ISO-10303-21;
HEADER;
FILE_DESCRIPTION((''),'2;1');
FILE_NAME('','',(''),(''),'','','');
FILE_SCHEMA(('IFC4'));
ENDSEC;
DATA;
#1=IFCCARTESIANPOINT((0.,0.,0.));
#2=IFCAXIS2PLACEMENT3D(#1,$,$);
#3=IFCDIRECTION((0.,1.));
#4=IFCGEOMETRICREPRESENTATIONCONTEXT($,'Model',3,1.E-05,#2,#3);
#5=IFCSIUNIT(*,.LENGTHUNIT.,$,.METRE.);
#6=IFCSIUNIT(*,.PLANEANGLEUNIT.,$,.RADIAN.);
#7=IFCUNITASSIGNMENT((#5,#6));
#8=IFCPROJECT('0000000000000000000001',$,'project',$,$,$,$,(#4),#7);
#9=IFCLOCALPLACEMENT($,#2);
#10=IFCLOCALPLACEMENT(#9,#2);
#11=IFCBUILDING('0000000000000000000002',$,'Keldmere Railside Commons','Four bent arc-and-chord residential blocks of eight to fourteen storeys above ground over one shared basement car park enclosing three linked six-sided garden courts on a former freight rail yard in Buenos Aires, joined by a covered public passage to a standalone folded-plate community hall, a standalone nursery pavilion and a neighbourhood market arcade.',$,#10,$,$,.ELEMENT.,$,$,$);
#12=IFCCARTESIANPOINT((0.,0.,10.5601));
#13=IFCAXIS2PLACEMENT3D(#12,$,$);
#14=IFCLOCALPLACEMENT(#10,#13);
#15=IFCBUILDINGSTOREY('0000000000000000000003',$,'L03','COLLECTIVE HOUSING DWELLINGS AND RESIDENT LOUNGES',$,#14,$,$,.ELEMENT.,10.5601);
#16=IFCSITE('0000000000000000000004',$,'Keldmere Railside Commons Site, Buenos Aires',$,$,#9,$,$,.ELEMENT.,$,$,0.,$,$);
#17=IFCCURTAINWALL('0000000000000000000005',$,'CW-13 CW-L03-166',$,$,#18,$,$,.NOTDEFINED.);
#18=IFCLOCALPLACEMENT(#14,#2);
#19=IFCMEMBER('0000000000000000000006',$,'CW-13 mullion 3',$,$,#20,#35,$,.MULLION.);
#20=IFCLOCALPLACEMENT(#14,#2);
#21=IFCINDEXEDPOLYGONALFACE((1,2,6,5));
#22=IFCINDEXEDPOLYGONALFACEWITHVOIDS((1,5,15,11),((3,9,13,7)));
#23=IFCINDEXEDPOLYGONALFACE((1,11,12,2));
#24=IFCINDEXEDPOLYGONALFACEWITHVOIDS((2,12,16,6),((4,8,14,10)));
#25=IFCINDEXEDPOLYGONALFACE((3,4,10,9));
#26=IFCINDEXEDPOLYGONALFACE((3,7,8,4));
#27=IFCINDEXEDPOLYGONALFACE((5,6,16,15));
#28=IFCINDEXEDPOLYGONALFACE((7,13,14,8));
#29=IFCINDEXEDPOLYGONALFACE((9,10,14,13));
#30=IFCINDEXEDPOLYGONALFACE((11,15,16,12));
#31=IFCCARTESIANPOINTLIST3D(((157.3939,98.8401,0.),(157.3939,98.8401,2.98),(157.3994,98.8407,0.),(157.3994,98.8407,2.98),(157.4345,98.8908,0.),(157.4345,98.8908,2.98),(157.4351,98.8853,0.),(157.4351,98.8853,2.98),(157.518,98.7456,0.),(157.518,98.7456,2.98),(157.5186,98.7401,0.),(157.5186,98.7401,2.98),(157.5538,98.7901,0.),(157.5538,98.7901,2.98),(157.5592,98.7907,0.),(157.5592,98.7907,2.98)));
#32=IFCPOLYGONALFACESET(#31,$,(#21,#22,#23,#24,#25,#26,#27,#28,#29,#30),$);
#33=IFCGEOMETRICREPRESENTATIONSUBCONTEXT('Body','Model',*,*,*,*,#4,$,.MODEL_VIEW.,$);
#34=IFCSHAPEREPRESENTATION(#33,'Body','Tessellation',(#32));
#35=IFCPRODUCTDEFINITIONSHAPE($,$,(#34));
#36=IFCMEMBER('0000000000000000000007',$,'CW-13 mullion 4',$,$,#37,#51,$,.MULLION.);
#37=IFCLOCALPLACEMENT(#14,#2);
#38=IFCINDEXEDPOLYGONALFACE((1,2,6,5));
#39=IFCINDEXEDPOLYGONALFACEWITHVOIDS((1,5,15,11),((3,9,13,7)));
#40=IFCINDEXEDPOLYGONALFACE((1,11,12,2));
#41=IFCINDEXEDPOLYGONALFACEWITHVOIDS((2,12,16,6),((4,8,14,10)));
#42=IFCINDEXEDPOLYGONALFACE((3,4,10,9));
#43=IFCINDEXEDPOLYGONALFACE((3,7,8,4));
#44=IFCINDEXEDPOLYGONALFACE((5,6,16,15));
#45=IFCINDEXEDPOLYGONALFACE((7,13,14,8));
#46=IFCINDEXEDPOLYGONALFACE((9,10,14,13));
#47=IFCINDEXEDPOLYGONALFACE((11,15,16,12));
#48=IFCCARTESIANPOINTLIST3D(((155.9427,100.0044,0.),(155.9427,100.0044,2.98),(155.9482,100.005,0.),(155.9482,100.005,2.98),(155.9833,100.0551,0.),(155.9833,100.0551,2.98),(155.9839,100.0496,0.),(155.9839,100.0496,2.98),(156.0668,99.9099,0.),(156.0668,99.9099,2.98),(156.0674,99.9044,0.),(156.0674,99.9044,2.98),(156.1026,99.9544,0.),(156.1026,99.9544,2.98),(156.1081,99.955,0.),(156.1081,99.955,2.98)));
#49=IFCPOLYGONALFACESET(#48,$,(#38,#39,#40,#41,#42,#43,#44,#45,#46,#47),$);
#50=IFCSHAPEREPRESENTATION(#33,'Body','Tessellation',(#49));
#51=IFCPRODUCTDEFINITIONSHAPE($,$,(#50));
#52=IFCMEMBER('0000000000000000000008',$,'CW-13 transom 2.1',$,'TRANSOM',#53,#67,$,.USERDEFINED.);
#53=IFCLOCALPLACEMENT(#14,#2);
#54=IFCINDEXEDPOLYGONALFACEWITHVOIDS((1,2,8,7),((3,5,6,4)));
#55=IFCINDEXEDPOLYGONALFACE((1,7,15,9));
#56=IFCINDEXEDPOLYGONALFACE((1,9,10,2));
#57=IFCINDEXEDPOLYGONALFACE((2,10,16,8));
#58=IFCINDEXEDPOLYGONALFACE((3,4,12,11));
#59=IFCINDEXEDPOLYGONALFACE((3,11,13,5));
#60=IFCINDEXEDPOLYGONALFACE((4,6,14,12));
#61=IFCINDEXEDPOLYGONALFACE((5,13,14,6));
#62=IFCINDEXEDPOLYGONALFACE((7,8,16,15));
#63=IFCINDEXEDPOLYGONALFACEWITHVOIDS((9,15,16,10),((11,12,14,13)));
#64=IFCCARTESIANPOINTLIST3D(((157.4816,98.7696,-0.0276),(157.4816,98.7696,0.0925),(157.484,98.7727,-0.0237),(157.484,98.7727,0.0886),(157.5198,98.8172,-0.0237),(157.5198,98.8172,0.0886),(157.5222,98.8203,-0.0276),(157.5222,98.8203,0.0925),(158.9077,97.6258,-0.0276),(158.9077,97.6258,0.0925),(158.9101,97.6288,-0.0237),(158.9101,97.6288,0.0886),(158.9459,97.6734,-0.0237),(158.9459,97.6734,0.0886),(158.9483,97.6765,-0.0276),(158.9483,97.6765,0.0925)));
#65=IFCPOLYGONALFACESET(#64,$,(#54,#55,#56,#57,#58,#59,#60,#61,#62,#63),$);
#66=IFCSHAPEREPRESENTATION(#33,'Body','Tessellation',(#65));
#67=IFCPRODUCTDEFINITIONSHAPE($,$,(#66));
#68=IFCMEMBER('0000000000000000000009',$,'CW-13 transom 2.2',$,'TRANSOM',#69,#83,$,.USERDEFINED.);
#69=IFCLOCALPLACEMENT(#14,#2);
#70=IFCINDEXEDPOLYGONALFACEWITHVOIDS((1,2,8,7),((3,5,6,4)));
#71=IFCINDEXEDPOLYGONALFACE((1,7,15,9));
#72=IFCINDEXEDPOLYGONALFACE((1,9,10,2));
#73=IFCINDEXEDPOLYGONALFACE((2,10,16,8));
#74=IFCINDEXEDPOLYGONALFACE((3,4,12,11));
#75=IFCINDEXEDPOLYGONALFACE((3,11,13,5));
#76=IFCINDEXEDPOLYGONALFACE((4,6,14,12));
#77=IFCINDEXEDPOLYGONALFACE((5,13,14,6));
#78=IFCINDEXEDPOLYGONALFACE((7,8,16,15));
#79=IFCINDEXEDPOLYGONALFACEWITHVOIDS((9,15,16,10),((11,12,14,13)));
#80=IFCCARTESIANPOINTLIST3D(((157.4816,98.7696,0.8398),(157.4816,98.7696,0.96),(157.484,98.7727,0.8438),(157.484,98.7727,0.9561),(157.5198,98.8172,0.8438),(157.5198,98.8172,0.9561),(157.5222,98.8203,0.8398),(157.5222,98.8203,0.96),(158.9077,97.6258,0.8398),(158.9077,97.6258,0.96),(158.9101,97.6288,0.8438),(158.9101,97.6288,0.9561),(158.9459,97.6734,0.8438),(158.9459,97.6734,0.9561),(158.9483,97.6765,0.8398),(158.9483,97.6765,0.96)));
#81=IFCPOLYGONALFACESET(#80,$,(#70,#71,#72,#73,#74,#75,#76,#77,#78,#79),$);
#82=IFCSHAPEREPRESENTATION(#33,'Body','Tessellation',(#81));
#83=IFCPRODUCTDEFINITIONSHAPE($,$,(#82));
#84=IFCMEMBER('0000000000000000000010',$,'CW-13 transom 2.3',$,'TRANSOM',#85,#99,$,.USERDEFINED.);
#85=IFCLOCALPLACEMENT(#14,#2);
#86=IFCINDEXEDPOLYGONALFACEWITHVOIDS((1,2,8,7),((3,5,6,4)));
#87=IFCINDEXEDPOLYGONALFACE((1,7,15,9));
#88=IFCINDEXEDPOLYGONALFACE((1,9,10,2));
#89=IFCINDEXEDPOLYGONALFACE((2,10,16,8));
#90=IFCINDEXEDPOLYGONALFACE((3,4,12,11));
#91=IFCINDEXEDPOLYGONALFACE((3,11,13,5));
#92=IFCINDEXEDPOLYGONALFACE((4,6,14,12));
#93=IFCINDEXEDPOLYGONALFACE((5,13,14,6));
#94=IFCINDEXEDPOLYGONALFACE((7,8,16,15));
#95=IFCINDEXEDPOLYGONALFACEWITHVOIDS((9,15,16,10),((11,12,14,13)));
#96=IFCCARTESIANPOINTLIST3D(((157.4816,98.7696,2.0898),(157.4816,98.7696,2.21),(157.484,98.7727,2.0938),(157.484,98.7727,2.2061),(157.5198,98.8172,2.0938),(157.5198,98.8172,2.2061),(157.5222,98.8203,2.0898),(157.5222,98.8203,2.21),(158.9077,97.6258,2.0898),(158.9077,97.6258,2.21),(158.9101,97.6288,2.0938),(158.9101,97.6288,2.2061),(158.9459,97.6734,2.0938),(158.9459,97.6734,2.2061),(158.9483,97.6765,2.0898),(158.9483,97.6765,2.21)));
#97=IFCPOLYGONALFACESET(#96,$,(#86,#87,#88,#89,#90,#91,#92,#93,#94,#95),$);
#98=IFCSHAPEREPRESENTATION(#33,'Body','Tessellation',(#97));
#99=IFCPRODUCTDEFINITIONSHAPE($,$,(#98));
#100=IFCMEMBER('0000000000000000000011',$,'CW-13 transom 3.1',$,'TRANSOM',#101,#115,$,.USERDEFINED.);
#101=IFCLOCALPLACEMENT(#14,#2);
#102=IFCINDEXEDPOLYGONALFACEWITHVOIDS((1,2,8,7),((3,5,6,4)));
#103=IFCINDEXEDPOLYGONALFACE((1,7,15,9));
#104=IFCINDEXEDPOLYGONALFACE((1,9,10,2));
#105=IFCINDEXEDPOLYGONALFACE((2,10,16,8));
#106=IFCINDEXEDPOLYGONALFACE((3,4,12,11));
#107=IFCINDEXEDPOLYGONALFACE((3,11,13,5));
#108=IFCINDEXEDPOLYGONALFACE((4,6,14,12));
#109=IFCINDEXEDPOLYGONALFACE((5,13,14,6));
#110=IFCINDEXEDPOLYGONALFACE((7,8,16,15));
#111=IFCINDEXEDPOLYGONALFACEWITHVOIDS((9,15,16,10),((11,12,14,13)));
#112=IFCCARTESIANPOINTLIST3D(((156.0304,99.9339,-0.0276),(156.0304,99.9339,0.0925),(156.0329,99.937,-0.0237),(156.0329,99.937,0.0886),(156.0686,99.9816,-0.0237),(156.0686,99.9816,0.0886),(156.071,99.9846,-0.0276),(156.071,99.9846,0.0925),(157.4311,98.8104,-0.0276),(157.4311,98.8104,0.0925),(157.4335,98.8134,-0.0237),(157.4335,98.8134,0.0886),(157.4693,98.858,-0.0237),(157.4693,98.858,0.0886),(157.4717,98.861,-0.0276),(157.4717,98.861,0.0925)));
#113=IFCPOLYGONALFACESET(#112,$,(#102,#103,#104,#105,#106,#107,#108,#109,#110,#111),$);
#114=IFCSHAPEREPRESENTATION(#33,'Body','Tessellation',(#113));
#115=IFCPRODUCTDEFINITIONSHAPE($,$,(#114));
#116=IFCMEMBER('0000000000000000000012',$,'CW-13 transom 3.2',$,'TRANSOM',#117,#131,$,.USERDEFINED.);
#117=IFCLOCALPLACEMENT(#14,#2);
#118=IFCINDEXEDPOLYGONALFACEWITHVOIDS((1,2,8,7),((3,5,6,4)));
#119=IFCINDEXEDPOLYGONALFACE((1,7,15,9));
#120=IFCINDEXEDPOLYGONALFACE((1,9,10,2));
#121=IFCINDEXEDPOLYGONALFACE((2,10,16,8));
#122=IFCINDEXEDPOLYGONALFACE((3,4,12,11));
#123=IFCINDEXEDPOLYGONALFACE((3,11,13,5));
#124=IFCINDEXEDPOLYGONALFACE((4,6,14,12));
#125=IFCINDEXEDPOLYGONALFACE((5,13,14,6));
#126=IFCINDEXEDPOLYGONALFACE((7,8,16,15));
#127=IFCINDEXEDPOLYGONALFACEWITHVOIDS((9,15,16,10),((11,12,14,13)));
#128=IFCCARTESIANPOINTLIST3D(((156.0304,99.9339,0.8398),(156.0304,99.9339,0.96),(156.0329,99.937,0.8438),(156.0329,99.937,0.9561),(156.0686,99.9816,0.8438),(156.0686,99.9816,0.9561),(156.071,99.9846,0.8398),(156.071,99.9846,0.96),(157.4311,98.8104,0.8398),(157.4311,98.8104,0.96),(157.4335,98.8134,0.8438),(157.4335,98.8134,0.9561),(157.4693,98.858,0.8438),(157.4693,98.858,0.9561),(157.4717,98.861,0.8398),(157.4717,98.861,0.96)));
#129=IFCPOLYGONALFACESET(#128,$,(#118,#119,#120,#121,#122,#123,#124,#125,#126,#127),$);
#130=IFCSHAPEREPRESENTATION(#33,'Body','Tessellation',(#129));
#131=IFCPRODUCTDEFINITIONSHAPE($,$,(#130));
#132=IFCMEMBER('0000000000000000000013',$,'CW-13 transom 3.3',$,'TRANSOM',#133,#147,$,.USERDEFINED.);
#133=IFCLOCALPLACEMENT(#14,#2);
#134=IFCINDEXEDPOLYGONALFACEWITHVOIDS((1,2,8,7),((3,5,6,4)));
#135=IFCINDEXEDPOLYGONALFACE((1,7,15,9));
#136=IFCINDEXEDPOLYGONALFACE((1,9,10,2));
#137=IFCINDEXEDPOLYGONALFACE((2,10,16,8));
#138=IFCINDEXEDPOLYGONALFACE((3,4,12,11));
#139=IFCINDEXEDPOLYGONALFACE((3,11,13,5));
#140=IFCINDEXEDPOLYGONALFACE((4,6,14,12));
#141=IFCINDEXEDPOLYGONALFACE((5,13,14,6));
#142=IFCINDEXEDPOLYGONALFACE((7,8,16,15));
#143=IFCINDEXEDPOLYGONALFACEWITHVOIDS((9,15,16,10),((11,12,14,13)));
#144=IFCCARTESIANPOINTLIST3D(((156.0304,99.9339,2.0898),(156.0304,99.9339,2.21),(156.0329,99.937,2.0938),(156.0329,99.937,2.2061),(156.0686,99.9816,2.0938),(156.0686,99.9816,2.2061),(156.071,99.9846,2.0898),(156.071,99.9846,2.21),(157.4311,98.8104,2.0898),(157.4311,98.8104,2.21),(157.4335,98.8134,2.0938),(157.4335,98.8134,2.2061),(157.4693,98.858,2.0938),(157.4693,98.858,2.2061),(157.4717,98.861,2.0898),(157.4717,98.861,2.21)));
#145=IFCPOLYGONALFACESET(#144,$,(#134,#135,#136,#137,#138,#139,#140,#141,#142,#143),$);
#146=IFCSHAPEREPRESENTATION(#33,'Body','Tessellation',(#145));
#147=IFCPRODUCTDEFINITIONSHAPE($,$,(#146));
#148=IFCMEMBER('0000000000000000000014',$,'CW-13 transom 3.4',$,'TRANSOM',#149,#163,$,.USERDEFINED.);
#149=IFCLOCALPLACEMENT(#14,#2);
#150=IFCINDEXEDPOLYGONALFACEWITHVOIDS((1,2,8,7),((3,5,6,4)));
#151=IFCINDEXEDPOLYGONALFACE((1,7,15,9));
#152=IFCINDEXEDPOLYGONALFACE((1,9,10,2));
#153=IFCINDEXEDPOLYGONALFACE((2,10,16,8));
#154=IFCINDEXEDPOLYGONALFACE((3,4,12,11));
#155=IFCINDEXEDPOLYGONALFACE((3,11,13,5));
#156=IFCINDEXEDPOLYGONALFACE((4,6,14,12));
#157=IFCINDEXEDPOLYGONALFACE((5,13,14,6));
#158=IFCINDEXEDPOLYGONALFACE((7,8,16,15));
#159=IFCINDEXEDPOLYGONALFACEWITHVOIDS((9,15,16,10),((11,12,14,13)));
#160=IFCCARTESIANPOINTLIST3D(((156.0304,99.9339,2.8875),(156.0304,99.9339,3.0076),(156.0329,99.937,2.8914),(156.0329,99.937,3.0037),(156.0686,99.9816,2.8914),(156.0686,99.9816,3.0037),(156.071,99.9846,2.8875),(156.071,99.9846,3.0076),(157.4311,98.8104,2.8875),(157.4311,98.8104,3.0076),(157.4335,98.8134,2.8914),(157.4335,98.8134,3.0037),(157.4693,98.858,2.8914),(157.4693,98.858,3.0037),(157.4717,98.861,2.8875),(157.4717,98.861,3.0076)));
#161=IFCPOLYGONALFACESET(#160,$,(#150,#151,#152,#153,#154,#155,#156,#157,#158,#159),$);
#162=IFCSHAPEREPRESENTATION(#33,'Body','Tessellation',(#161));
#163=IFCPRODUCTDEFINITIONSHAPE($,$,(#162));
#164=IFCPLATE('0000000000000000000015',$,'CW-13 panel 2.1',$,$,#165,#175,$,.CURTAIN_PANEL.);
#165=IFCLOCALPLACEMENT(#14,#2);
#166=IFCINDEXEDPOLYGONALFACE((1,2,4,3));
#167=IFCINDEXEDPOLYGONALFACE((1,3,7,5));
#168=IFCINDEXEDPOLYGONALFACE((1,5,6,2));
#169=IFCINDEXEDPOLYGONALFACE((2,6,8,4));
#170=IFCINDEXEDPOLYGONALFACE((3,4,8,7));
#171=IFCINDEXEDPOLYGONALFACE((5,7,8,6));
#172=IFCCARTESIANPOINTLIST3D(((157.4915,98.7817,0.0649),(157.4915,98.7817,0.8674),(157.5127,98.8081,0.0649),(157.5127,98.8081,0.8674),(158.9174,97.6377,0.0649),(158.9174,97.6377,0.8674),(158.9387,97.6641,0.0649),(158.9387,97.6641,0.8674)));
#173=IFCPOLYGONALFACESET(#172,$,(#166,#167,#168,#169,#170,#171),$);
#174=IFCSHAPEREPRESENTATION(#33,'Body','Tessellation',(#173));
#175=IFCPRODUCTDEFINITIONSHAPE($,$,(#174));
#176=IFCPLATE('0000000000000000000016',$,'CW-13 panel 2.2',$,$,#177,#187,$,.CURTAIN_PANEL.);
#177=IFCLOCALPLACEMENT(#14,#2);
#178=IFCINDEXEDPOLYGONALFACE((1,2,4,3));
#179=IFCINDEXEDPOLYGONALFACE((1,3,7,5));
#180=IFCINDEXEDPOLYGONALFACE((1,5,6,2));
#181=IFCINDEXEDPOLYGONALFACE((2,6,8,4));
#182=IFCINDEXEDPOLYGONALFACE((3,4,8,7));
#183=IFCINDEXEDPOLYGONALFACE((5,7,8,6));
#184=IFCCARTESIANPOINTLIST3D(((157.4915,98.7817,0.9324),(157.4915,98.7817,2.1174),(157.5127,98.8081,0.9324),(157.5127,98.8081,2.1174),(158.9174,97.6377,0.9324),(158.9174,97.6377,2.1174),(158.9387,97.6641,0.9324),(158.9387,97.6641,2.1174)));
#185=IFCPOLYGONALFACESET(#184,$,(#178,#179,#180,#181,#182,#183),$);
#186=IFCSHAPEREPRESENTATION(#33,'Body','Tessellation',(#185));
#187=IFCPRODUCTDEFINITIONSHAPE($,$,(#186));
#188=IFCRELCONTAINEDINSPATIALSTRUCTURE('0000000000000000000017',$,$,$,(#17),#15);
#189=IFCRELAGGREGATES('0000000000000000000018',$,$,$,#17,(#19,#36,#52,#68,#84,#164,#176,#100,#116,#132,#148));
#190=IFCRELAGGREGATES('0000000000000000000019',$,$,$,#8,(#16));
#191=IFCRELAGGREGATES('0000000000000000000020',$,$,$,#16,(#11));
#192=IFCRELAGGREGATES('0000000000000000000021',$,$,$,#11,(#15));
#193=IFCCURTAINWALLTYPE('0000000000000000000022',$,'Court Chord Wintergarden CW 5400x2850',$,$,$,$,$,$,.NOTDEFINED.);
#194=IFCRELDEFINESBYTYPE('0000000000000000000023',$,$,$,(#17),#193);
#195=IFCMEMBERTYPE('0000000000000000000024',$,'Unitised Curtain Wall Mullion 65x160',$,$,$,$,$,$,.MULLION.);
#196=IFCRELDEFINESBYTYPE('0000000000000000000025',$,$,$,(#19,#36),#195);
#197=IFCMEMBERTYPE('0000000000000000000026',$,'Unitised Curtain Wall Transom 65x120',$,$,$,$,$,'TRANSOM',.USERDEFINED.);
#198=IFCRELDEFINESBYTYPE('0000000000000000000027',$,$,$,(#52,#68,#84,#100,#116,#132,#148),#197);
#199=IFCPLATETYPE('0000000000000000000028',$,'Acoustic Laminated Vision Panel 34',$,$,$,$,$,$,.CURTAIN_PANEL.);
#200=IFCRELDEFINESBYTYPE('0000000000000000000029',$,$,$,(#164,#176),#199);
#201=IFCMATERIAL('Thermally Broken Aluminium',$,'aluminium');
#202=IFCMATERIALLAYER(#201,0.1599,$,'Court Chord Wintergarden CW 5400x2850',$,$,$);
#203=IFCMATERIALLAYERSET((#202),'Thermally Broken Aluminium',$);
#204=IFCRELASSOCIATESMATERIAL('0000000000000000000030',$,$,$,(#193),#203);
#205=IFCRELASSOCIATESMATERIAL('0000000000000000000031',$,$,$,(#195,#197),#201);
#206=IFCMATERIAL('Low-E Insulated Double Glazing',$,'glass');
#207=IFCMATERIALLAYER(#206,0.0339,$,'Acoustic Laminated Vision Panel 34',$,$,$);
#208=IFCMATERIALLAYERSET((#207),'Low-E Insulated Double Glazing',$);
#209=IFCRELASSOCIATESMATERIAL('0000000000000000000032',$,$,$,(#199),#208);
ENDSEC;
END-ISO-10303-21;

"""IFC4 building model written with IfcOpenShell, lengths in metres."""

from ifc_helpers import new_model, si_unit, direction, frame, origin, origin_2d, place, context, subcontext, project, spatial, rectangle, hollow_rectangle, extrude, material, layer, layer_set, material_profile, profile_set, type_object, element, aggregate, save


model = new_model("IFC4")

# Units and contexts
model_context = context("Model", 3, precision=1e-05, world=origin(), true_north=direction((0.0, 1.0)))
body_context = subcontext(model_context, "Body", "Model", "MODEL_VIEW")
ifc_project = project(units=[si_unit("LENGTHUNIT", "METRE"), si_unit("PLANEANGLEUNIT", "RADIAN")], contexts=[model_context])

# Site, building, storey
site_placement = place(None, origin())
site = spatial("IfcSite", under=ifc_project, at=site_placement, Name="Keldmere Railside Commons Site, Buenos Aires", CompositionType="ELEMENT", RefElevation=0.0)
building_placement = place(site_placement, origin())
building = spatial("IfcBuilding", under=site, at=building_placement, Name="Keldmere Railside Commons", Description="Four bent arc-and-chord residential blocks of eight to fourteen storeys above ground over one shared basement car park enclosing three linked six-sided garden courts on a former freight rail yard in Buenos Aires, joined by a covered public passage to a standalone folded-plate community hall, a standalone nursery pavilion and a neighbourhood market arcade.", CompositionType="ELEMENT")
storey_placement = place(building_placement, frame((0.0, 0.0, 10.5601)))
storey = spatial("IfcBuildingStorey", under=building, at=storey_placement, Name="L03", Description="COLLECTIVE HOUSING DWELLINGS AND RESIDENT LOUNGES", CompositionType="ELEMENT", Elevation=10.5601)

# Curtain wall, members, plates
ifc_material_1 = material(Name="Thermally Broken Aluminium", Category="aluminium")
ifc_layer_1 = layer(ifc_material_1, 0.1599, Name="Court Chord Wintergarden CW 5400x2850")
ifc_layer_set_1 = layer_set([ifc_layer_1], Name="Thermally Broken Aluminium")
curtain_wall_type = type_object("IfcCurtainWallType", Name="Court Chord Wintergarden CW 5400x2850", PredefinedType="NOTDEFINED", material=ifc_layer_set_1)
curtain_wall_placement = place(storey_placement, origin())
curtain_wall = element("IfcCurtainWall", 1, at=curtain_wall_placement, inside=storey, type_object=curtain_wall_type, Name="CW-13 CW-L03-166", PredefinedType="NOTDEFINED")
ifc_material_profile_1 = material_profile(ifc_material_1, hollow_rectangle(XDim=0.0649, YDim=0.1599, WallThickness=0.0039, at=origin_2d()), Name="ALU-MULL-65x160")
ifc_profile_set_1 = profile_set([ifc_material_profile_1], Name="Thermally Broken Aluminium")
member_type_1 = type_object("IfcMemberType", Name="Unitised Curtain Wall Mullion 65x160", PredefinedType="MULLION", material=ifc_profile_set_1)
member_1_placement = place(storey_placement, frame((157.4766, 98.8154, 0.0), z_axis=(0.0, 0.0, 1.0), x_axis=(-0.625768, -0.780009, 0.0)))
member_1 = element("IfcMember", 2, at=member_1_placement, type_object=member_type_1, Name="CW-13 mullion 3", PredefinedType="MULLION", context=body_context, shape_type="SweptSolid", body=[
    extrude(hollow_rectangle(XDim=0.0649, YDim=0.1599, WallThickness=0.0039, at=origin_2d()), origin(), (0.0, 0.0, 1.0), 2.98),
])
member_2_placement = place(storey_placement, frame((156.0254, 99.9797, 0.0), z_axis=(0.0, 0.0, 1.0), x_axis=(-0.625768, -0.780009, 0.0)))
member_2 = element("IfcMember", 3, at=member_2_placement, type_object=member_type_1, Name="CW-13 mullion 4", PredefinedType="MULLION", context=body_context, shape_type="SweptSolid", body=[
    extrude(hollow_rectangle(XDim=0.0649, YDim=0.1599, WallThickness=0.0039, at=origin_2d()), origin(), (0.0, 0.0, 1.0), 2.98),
])
ifc_material_profile_2 = material_profile(ifc_material_1, hollow_rectangle(XDim=0.0649, YDim=0.1201, WallThickness=0.0039, at=origin_2d()), Name="ALU-TRAN-65x120")
ifc_profile_set_2 = profile_set([ifc_material_profile_2], Name="Thermally Broken Aluminium")
member_type_2 = type_object("IfcMemberType", Name="Unitised Curtain Wall Transom 65x120", ElementType="TRANSOM", PredefinedType="USERDEFINED", material=ifc_profile_set_2)
member_3_placement = place(storey_placement, frame((158.928, 97.6511, 0.0325), z_axis=(-0.780073, 0.625688, 0.0), x_axis=(-0.625688, -0.780073, 0.0)))
member_3 = element("IfcMember", 4, at=member_3_placement, type_object=member_type_2, Name="CW-13 transom 2.1", ObjectType="TRANSOM", PredefinedType="USERDEFINED", context=body_context, shape_type="SweptSolid", body=[
    extrude(hollow_rectangle(XDim=0.0649, YDim=0.1201, WallThickness=0.0039, at=origin_2d()), origin(), (0.0, 0.0, 1.0), 1.8281),
])
member_4_placement = place(storey_placement, frame((158.928, 97.6511, 0.8999), z_axis=(-0.780073, 0.625688, 0.0), x_axis=(-0.625688, -0.780073, 0.0)))
member_4 = element("IfcMember", 5, at=member_4_placement, type_object=member_type_2, Name="CW-13 transom 2.2", ObjectType="TRANSOM", PredefinedType="USERDEFINED", context=body_context, shape_type="SweptSolid", body=[
    extrude(hollow_rectangle(XDim=0.0649, YDim=0.1201, WallThickness=0.0039, at=origin_2d()), origin(), (0.0, 0.0, 1.0), 1.8281),
])
member_5_placement = place(storey_placement, frame((158.928, 97.6511, 2.1499), z_axis=(-0.780073, 0.625688, 0.0), x_axis=(-0.625688, -0.780073, 0.0)))
member_5 = element("IfcMember", 6, at=member_5_placement, type_object=member_type_2, Name="CW-13 transom 2.3", ObjectType="TRANSOM", PredefinedType="USERDEFINED", context=body_context, shape_type="SweptSolid", body=[
    extrude(hollow_rectangle(XDim=0.0649, YDim=0.1201, WallThickness=0.0039, at=origin_2d()), origin(), (0.0, 0.0, 1.0), 1.8281),
])
member_6_placement = place(storey_placement, frame((157.4514, 98.8357, 0.0325), z_axis=(-0.780046, 0.625723, 0.0), x_axis=(-0.625723, -0.780046, 0.0)))
member_6 = element("IfcMember", 7, at=member_6_placement, type_object=member_type_2, Name="CW-13 transom 3.1", ObjectType="TRANSOM", PredefinedType="USERDEFINED", context=body_context, shape_type="SweptSolid", body=[
    extrude(hollow_rectangle(XDim=0.0649, YDim=0.1201, WallThickness=0.0039, at=origin_2d()), origin(), (0.0, 0.0, 1.0), 1.7957),
])
member_7_placement = place(storey_placement, frame((157.4514, 98.8357, 0.8999), z_axis=(-0.780046, 0.625723, 0.0), x_axis=(-0.625723, -0.780046, 0.0)))
member_7 = element("IfcMember", 8, at=member_7_placement, type_object=member_type_2, Name="CW-13 transom 3.2", ObjectType="TRANSOM", PredefinedType="USERDEFINED", context=body_context, shape_type="SweptSolid", body=[
    extrude(hollow_rectangle(XDim=0.0649, YDim=0.1201, WallThickness=0.0039, at=origin_2d()), origin(), (0.0, 0.0, 1.0), 1.7957),
])
member_8_placement = place(storey_placement, frame((157.4514, 98.8357, 2.1499), z_axis=(-0.780046, 0.625723, 0.0), x_axis=(-0.625723, -0.780046, 0.0)))
member_8 = element("IfcMember", 9, at=member_8_placement, type_object=member_type_2, Name="CW-13 transom 3.3", ObjectType="TRANSOM", PredefinedType="USERDEFINED", context=body_context, shape_type="SweptSolid", body=[
    extrude(hollow_rectangle(XDim=0.0649, YDim=0.1201, WallThickness=0.0039, at=origin_2d()), origin(), (0.0, 0.0, 1.0), 1.7957),
])
member_9_placement = place(storey_placement, frame((157.4514, 98.8357, 2.9475), z_axis=(-0.780046, 0.625723, 0.0), x_axis=(-0.625723, -0.780046, 0.0)))
member_9 = element("IfcMember", 10, at=member_9_placement, type_object=member_type_2, Name="CW-13 transom 3.4", ObjectType="TRANSOM", PredefinedType="USERDEFINED", context=body_context, shape_type="SweptSolid", body=[
    extrude(hollow_rectangle(XDim=0.0649, YDim=0.1201, WallThickness=0.0039, at=origin_2d()), origin(), (0.0, 0.0, 1.0), 1.7957),
])
ifc_material_2 = material(Name="Low-E Insulated Double Glazing", Category="glass")
ifc_layer_2 = layer(ifc_material_2, 0.0339, Name="Acoustic Laminated Vision Panel 34")
ifc_layer_set_2 = layer_set([ifc_layer_2], Name="Low-E Insulated Double Glazing")
plate_type = type_object("IfcPlateType", Name="Acoustic Laminated Vision Panel 34", PredefinedType="CURTAIN_PANEL", material=ifc_layer_set_2)
plate_1_placement = place(storey_placement, frame((158.2151, 98.2229, 0.0649), z_axis=(0.0, 0.0, 1.0), x_axis=(-0.780009, 0.625768, 0.0)))
plate_1 = element("IfcPlate", 11, at=plate_1_placement, type_object=plate_type, Name="CW-13 panel 2.1", PredefinedType="CURTAIN_PANEL", context=body_context, shape_type="SweptSolid", body=[
    extrude(rectangle(XDim=1.8281, YDim=0.0339, at=origin_2d()), origin(), (0.0, 0.0, 1.0), 0.8025),
])
plate_2_placement = place(storey_placement, frame((158.2151, 98.2229, 0.9324), z_axis=(0.0, 0.0, 1.0), x_axis=(-0.780009, 0.625768, 0.0)))
plate_2 = element("IfcPlate", 12, at=plate_2_placement, type_object=plate_type, Name="CW-13 panel 2.2", PredefinedType="CURTAIN_PANEL", context=body_context, shape_type="SweptSolid", body=[
    extrude(rectangle(XDim=1.8281, YDim=0.0339, at=origin_2d()), origin(), (0.0, 0.0, 1.0), 1.1851),
])
aggregate(curtain_wall, [member_1, member_2, member_3, member_4, member_5, plate_1, plate_2, member_6, member_7, member_8, member_9])

save(model, "model.ifc")
